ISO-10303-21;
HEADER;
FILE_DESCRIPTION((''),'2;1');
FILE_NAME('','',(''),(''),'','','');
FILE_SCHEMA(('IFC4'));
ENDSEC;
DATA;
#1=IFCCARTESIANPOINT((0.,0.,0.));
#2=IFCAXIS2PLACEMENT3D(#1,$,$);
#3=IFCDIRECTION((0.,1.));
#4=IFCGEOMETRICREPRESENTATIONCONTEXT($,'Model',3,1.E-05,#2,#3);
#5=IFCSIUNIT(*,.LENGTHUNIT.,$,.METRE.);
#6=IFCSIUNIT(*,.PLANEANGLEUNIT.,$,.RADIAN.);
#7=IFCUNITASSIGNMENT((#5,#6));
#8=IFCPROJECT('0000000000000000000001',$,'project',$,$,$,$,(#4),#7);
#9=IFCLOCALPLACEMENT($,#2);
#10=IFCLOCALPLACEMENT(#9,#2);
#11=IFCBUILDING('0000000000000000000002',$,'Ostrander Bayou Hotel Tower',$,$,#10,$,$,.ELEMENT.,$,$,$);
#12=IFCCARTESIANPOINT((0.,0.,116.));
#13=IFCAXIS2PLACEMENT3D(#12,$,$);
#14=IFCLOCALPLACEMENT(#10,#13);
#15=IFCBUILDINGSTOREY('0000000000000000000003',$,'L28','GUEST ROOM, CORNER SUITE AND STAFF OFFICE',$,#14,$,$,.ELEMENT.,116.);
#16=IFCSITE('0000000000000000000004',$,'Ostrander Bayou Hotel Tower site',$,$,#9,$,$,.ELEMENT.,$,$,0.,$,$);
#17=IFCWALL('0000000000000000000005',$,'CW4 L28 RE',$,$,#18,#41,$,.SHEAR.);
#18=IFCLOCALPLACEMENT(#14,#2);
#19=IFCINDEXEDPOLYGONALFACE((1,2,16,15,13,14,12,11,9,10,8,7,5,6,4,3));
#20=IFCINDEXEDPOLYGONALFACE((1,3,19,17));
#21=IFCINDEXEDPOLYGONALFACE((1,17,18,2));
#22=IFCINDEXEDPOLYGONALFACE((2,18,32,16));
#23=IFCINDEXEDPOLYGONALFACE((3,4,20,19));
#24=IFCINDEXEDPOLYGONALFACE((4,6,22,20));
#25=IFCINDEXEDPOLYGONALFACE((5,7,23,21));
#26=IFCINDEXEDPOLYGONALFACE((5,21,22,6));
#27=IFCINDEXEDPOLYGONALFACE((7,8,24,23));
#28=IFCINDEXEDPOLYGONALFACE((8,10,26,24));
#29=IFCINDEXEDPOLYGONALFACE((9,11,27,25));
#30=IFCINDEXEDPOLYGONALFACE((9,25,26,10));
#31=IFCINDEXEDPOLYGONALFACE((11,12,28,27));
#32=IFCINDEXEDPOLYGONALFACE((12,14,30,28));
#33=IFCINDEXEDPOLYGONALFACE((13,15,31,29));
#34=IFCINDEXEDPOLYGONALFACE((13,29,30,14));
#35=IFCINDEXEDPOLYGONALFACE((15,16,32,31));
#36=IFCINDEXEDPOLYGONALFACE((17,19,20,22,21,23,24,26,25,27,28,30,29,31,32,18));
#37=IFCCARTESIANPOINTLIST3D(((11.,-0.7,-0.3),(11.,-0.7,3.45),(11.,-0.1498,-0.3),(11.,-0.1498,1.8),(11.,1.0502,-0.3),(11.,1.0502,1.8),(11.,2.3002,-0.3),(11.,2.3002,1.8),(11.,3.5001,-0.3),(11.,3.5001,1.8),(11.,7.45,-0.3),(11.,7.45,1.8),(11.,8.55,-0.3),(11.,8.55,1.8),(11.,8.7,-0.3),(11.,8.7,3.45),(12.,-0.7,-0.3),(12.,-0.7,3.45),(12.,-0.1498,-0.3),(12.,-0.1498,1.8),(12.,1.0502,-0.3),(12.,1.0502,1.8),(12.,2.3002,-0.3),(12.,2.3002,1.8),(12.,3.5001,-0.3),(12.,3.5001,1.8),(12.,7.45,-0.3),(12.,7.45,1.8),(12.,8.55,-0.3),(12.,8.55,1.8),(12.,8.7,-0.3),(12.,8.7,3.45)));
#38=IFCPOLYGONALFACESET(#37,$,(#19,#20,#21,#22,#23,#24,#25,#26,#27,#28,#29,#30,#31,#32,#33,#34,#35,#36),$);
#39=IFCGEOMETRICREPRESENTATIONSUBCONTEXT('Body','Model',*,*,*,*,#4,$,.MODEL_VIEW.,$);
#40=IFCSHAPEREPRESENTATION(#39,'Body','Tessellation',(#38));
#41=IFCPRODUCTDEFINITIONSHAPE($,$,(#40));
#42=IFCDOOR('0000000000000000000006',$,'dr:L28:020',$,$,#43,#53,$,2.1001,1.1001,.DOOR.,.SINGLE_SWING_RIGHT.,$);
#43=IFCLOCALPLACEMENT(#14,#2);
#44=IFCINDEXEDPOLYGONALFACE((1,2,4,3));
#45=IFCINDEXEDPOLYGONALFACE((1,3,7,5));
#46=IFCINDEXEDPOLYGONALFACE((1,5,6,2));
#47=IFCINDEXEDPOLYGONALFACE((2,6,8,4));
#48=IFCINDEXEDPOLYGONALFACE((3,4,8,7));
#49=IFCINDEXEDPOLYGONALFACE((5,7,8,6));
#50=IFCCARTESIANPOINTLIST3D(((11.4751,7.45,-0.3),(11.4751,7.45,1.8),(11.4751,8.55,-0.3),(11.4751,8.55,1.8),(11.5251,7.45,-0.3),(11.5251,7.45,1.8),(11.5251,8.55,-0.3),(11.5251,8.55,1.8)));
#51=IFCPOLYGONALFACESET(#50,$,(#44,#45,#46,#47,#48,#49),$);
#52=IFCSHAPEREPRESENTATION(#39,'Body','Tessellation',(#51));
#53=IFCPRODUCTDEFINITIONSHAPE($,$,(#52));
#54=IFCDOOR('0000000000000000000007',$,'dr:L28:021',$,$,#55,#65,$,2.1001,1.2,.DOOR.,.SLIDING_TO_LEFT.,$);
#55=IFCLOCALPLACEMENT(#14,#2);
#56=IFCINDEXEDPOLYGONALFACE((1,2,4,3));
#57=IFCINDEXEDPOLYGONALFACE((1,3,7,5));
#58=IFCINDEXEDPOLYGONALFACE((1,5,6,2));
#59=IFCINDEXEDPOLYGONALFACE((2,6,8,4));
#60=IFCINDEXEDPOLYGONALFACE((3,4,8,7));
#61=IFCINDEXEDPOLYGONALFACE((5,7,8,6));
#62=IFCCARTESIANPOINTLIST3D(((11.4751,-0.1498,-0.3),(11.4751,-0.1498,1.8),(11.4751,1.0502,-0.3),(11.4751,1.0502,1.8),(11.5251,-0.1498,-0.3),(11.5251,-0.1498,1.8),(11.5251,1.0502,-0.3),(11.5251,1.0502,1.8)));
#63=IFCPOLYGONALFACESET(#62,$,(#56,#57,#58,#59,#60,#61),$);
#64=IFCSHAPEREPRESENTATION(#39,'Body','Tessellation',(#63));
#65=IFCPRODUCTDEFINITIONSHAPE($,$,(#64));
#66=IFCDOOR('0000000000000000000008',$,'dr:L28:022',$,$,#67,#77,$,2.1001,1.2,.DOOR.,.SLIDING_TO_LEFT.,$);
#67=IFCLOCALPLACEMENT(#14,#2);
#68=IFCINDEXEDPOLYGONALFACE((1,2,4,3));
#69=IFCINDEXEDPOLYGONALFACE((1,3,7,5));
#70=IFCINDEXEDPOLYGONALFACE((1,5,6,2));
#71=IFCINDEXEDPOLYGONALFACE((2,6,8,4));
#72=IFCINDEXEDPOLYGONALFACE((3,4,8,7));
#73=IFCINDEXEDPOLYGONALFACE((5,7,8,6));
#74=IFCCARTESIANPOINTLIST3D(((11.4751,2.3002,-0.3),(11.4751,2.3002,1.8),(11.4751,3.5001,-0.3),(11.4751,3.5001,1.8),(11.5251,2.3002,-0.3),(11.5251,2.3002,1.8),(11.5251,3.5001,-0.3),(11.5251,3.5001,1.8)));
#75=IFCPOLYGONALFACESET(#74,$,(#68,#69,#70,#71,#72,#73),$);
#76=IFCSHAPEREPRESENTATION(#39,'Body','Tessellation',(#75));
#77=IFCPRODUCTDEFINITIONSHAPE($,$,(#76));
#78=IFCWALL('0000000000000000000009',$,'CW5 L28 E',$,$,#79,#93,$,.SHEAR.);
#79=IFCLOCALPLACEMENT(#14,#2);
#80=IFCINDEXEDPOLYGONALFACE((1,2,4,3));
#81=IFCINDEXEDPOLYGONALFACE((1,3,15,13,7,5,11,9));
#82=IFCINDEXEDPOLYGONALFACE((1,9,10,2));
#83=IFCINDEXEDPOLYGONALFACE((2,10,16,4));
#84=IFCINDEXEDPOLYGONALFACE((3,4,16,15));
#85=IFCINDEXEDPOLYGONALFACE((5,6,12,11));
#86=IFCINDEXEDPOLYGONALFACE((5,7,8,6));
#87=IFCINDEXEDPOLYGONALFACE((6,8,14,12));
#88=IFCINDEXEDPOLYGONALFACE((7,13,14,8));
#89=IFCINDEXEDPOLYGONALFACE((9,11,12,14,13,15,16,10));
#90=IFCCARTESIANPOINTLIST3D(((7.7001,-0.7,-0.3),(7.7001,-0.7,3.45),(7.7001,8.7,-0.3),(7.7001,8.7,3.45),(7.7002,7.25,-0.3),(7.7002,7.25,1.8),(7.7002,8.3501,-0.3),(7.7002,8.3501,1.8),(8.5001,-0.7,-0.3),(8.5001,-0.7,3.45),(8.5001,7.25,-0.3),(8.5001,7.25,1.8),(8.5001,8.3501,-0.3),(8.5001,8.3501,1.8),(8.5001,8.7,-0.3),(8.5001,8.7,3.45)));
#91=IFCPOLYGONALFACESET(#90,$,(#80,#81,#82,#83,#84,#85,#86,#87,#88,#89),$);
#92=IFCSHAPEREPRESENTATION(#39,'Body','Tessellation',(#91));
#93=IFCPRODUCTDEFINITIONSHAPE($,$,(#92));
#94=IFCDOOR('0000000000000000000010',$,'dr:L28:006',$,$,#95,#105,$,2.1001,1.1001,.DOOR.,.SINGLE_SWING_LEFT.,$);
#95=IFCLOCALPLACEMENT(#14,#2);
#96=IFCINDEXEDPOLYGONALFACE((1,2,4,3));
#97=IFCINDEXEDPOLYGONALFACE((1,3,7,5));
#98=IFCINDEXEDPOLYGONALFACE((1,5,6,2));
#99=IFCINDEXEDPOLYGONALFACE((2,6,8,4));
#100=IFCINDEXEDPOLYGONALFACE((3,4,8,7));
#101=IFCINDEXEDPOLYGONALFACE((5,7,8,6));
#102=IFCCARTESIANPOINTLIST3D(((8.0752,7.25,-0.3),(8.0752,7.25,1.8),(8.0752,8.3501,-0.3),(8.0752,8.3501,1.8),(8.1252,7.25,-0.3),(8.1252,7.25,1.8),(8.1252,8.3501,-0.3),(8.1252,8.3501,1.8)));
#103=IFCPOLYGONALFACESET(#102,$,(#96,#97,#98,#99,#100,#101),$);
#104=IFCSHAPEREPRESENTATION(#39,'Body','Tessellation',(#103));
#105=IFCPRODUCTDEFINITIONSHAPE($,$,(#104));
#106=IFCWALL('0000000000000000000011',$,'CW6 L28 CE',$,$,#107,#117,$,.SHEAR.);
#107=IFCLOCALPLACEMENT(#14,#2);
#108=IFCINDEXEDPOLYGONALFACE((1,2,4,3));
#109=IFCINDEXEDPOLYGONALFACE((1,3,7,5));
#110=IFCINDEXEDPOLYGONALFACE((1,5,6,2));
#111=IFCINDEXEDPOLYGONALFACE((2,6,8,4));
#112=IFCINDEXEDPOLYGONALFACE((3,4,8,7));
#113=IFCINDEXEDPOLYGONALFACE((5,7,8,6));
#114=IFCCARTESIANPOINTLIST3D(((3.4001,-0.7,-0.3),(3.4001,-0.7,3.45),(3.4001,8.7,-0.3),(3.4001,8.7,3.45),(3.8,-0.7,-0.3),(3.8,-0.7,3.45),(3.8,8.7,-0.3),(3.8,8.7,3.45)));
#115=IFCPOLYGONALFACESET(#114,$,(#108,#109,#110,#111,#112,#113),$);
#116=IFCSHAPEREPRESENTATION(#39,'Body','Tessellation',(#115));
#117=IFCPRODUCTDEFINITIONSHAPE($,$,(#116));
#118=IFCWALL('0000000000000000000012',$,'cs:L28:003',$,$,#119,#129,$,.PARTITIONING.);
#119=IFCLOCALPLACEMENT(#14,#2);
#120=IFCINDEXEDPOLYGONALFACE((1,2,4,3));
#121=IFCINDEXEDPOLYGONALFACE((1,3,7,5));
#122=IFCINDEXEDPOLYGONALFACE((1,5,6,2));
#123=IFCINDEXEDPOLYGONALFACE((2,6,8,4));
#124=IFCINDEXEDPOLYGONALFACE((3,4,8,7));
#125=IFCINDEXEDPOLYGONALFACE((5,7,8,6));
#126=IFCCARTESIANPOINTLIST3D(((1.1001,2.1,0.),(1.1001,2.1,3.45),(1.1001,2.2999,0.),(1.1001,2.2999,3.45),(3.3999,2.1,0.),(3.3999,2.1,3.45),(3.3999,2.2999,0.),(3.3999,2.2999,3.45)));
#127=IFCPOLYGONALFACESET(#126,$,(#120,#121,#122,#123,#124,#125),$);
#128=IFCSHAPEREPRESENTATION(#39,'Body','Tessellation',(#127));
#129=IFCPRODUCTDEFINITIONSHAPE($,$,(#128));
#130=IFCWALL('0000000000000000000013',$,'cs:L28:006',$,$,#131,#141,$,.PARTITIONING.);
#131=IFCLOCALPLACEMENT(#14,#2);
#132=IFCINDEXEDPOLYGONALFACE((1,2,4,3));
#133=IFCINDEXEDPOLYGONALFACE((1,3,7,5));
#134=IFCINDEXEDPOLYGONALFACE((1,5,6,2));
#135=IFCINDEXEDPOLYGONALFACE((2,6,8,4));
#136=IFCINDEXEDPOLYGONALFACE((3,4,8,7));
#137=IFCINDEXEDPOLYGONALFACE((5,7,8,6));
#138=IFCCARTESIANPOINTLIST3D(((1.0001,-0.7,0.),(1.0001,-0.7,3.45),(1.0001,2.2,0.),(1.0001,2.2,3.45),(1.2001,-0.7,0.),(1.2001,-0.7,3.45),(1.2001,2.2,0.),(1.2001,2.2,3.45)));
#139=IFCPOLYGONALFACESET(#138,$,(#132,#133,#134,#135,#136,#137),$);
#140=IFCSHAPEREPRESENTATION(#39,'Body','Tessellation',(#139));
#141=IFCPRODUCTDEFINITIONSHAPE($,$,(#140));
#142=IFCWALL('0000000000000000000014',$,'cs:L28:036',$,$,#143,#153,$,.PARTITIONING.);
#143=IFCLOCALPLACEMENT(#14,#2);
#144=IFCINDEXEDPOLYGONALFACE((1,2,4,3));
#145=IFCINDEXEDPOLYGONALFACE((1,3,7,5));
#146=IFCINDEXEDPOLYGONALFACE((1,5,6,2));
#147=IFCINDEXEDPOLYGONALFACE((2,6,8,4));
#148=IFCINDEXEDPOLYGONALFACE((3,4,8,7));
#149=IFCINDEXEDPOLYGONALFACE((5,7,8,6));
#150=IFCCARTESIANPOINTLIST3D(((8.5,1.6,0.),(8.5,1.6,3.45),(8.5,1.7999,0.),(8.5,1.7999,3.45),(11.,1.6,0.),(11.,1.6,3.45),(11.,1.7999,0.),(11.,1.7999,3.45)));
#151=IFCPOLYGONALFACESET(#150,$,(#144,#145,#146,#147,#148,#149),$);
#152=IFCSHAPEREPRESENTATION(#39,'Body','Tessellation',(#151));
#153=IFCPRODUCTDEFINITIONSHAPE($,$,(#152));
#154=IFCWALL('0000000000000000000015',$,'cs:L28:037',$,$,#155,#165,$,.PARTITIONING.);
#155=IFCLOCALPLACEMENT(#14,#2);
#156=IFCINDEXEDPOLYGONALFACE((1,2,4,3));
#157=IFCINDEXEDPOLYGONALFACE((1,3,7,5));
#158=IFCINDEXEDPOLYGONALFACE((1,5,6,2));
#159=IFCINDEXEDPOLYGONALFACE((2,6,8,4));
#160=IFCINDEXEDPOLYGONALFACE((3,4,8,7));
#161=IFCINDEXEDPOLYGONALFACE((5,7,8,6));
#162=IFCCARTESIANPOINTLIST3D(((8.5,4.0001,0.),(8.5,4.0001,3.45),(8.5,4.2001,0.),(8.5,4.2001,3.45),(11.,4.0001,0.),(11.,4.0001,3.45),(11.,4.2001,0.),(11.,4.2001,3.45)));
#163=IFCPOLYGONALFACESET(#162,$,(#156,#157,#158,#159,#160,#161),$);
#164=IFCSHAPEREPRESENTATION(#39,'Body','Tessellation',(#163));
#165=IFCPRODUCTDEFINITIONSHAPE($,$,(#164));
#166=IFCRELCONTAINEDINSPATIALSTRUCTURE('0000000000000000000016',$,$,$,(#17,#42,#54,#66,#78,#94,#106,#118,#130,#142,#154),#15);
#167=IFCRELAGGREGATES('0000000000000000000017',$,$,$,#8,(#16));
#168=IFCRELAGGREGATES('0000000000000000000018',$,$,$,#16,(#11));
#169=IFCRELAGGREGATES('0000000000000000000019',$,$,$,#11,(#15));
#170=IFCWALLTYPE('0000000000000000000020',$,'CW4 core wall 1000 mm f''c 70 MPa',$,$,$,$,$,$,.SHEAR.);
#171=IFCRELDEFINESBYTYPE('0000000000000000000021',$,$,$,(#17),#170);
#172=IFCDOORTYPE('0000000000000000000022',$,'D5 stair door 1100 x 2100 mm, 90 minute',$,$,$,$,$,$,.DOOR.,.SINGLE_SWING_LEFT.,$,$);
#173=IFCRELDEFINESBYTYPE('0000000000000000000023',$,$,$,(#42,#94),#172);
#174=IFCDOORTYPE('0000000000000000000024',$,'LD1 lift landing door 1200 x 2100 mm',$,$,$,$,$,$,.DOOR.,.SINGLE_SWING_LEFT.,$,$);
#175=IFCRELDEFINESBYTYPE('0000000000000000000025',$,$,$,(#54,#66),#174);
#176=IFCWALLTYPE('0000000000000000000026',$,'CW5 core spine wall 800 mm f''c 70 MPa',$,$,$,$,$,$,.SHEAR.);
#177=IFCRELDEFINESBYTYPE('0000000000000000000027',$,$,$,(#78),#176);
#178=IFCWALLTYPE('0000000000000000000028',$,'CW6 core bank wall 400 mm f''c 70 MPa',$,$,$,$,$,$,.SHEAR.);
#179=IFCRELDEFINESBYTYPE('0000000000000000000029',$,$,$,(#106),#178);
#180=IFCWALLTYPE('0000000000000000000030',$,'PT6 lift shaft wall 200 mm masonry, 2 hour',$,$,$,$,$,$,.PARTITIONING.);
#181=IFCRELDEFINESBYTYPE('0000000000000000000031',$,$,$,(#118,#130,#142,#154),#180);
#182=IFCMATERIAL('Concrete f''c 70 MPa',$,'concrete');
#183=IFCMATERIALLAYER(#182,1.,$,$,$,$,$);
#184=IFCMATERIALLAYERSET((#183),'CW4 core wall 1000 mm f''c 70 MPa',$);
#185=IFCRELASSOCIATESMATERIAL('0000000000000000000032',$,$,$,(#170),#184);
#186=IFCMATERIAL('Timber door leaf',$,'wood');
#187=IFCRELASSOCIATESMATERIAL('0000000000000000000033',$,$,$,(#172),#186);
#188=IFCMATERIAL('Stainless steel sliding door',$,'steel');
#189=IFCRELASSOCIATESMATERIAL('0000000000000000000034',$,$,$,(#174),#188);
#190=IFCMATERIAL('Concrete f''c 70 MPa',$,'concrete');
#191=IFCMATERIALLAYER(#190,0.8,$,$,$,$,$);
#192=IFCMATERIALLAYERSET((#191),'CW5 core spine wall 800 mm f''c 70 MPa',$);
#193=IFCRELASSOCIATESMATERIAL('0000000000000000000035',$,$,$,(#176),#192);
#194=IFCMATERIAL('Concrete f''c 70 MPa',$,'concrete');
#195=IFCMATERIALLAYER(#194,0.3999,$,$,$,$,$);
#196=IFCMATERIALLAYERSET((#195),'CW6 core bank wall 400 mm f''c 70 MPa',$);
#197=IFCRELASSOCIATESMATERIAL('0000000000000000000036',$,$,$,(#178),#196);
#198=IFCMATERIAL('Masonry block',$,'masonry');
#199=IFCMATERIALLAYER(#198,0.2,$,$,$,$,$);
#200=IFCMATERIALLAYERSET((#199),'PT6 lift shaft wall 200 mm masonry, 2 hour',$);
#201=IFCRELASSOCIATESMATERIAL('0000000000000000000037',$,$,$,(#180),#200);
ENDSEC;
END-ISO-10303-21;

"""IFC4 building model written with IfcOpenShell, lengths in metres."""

from ifc_helpers import new_model, si_unit, direction, frame, frame_2d, origin, place, context, subcontext, project, spatial, rectangle, extrude, material, layer, layer_set, type_object, element, fill, save


model = new_model("IFC4")

# Units and contexts
model_context = context("Model", 3, precision=1e-05, world=origin(), true_north=direction((0.0, 1.0)))
body_context = subcontext(model_context, "Body", "Model", "MODEL_VIEW")
ifc_project = project(units=[si_unit("LENGTHUNIT", "METRE"), si_unit("PLANEANGLEUNIT", "RADIAN")], contexts=[model_context])

# Site, building, storey
site_placement = place(None, origin())
site = spatial("IfcSite", under=ifc_project, at=site_placement, Name="Ostrander Bayou Hotel Tower site", CompositionType="ELEMENT", RefElevation=0.0)
building_placement = place(site_placement, origin())
building = spatial("IfcBuilding", under=site, at=building_placement, Name="Ostrander Bayou Hotel Tower", CompositionType="ELEMENT")
storey_placement = place(building_placement, frame((0.0, 0.0, 116.0)))
storey = spatial("IfcBuildingStorey", under=building, at=storey_placement, Name="L28", Description="GUEST ROOM, CORNER SUITE AND STAFF OFFICE", CompositionType="ELEMENT", Elevation=116.0)

# Wall, openings, doors
ifc_material_1 = material(Name="Concrete f'c 70 MPa", Category="concrete")
ifc_layer_1 = layer(ifc_material_1, 1.0)
ifc_layer_set_1 = layer_set([ifc_layer_1], Name="CW4 core wall 1000 mm f'c 70 MPa")
wall_type_1 = type_object("IfcWallType", Name="CW4 core wall 1000 mm f'c 70 MPa", PredefinedType="SHEAR", material=ifc_layer_set_1)
wall_1_placement = place(storey_placement, frame((11.5, -0.7, -0.3), z_axis=(0.0, 0.0, 1.0), x_axis=(0.0, 1.0, 0.0)))
wall_1 = element("IfcWall", 1, at=wall_1_placement, inside=storey, type_object=wall_type_1, Name="CW4 L28 RE", PredefinedType="SHEAR", context=body_context, shape_type="SweptSolid", body=[
    extrude(rectangle(XDim=9.3999, YDim=1.0, at=frame_2d((4.7, 0.0))), origin(), (0.0, 0.0, 1.0), 3.75),
])
opening_1_placement = place(wall_1_placement, frame((8.1499, 0.0, 0.0)))
opening_1 = element("IfcOpeningElement", 2, at=opening_1_placement, cuts=wall_1, PredefinedType="OPENING", context=body_context, shape_type="SweptSolid", body=[
    extrude(rectangle(XDim=1.1001, YDim=2.1001, at=frame_2d((0.55, 1.05))), frame((0.0, 0.5, 0.0), z_axis=(0.0, -1.0, 0.0), x_axis=(1.0, 0.0, 0.0)), (0.0, 0.0, 1.0), 1.0),
])
opening_2_placement = place(wall_1_placement, frame((0.55, 0.0, 0.0)))
opening_2 = element("IfcOpeningElement", 3, at=opening_2_placement, cuts=wall_1, PredefinedType="OPENING", context=body_context, shape_type="SweptSolid", body=[
    extrude(rectangle(XDim=1.2, YDim=2.1001, at=frame_2d((0.6001, 1.05))), frame((0.0, 0.5, 0.0), z_axis=(0.0, -1.0, 0.0), x_axis=(1.0, 0.0, 0.0)), (0.0, 0.0, 1.0), 1.0),
])
opening_3_placement = place(wall_1_placement, frame((3.0, 0.0, 0.0)))
opening_3 = element("IfcOpeningElement", 4, at=opening_3_placement, cuts=wall_1, PredefinedType="OPENING", context=body_context, shape_type="SweptSolid", body=[
    extrude(rectangle(XDim=1.2, YDim=2.1001, at=frame_2d((0.6001, 1.05))), frame((0.0, 0.5, 0.0), z_axis=(0.0, -1.0, 0.0), x_axis=(1.0, 0.0, 0.0)), (0.0, 0.0, 1.0), 1.0),
])
ifc_material_2 = material(Name="Timber door leaf", Category="wood")
door_type_1 = type_object("IfcDoorType", Name="D5 stair door 1100 x 2100 mm, 90 minute", OperationType="SINGLE_SWING_LEFT", PredefinedType="DOOR", material=ifc_material_2)
door_1_placement = place(opening_1_placement, origin())
door_1 = element("IfcDoor", 5, at=door_1_placement, inside=storey, type_object=door_type_1, Name="dr:L28:020", OperationType="SINGLE_SWING_RIGHT", OverallHeight=2.1001, OverallWidth=1.1001, PredefinedType="DOOR", context=body_context, shape_type="SweptSolid", body=[
    extrude(rectangle(XDim=1.1001, YDim=2.1001, at=frame_2d((0.55, 1.05))), frame((0.0, 0.0249, 0.0), z_axis=(0.0, -1.0, 0.0), x_axis=(1.0, 0.0, 0.0)), (0.0, 0.0, 1.0), 0.05),
])
fill(opening_1, door_1)
ifc_material_3 = material(Name="Stainless steel sliding door", Category="steel")
door_type_2 = type_object("IfcDoorType", Name="LD1 lift landing door 1200 x 2100 mm", OperationType="SINGLE_SWING_LEFT", PredefinedType="DOOR", material=ifc_material_3)
door_2_placement = place(opening_2_placement, origin())
door_2 = element("IfcDoor", 6, at=door_2_placement, inside=storey, type_object=door_type_2, Name="dr:L28:021", OperationType="SLIDING_TO_LEFT", OverallHeight=2.1001, OverallWidth=1.2, PredefinedType="DOOR", context=body_context, shape_type="SweptSolid", body=[
    extrude(rectangle(XDim=1.2, YDim=2.1001, at=frame_2d((0.6001, 1.05))), frame((0.0, 0.0249, 0.0), z_axis=(0.0, -1.0, 0.0), x_axis=(1.0, 0.0, 0.0)), (0.0, 0.0, 1.0), 0.05),
])
fill(opening_2, door_2)
door_3_placement = place(opening_3_placement, origin())
door_3 = element("IfcDoor", 7, at=door_3_placement, inside=storey, type_object=door_type_2, Name="dr:L28:022", OperationType="SLIDING_TO_LEFT", OverallHeight=2.1001, OverallWidth=1.2, PredefinedType="DOOR", context=body_context, shape_type="SweptSolid", body=[
    extrude(rectangle(XDim=1.2, YDim=2.1001, at=frame_2d((0.6001, 1.05))), frame((0.0, 0.0249, 0.0), z_axis=(0.0, -1.0, 0.0), x_axis=(1.0, 0.0, 0.0)), (0.0, 0.0, 1.0), 0.05),
])
fill(opening_3, door_3)

# Wall, opening, door
ifc_material_4 = material(Name="Concrete f'c 70 MPa", Category="concrete")
ifc_layer_2 = layer(ifc_material_4, 0.8)
ifc_layer_set_2 = layer_set([ifc_layer_2], Name="CW5 core spine wall 800 mm f'c 70 MPa")
wall_type_2 = type_object("IfcWallType", Name="CW5 core spine wall 800 mm f'c 70 MPa", PredefinedType="SHEAR", material=ifc_layer_set_2)
wall_2_placement = place(storey_placement, frame((8.1001, -0.7, -0.3), z_axis=(0.0, 0.0, 1.0), x_axis=(0.0, 1.0, 0.0)))
wall_2 = element("IfcWall", 8, at=wall_2_placement, inside=storey, type_object=wall_type_2, Name="CW5 L28 E", PredefinedType="SHEAR", context=body_context, shape_type="SweptSolid", body=[
    extrude(rectangle(XDim=9.3999, YDim=0.8, at=frame_2d((4.7, 0.0))), origin(), (0.0, 0.0, 1.0), 3.75),
])
opening_4_placement = place(wall_2_placement, frame((7.95, 0.0, 0.0)))
opening_4 = element("IfcOpeningElement", 9, at=opening_4_placement, cuts=wall_2, PredefinedType="OPENING", context=body_context, shape_type="SweptSolid", body=[
    extrude(rectangle(XDim=1.1001, YDim=2.1001, at=frame_2d((0.55, 1.05))), frame((0.0, 0.3999, 0.0), z_axis=(0.0, -1.0, 0.0), x_axis=(1.0, 0.0, 0.0)), (0.0, 0.0, 1.0), 0.8),
])
door_4_placement = place(opening_4_placement, origin())
door_4 = element("IfcDoor", 10, at=door_4_placement, inside=storey, type_object=door_type_1, Name="dr:L28:006", OperationType="SINGLE_SWING_LEFT", OverallHeight=2.1001, OverallWidth=1.1001, PredefinedType="DOOR", context=body_context, shape_type="SweptSolid", body=[
    extrude(rectangle(XDim=1.1001, YDim=2.1001, at=frame_2d((0.55, 1.05))), frame((0.0, 0.0249, 0.0), z_axis=(0.0, -1.0, 0.0), x_axis=(1.0, 0.0, 0.0)), (0.0, 0.0, 1.0), 0.05),
])
fill(opening_4, door_4)

# Walls
ifc_material_5 = material(Name="Concrete f'c 70 MPa", Category="concrete")
ifc_layer_3 = layer(ifc_material_5, 0.3999)
ifc_layer_set_3 = layer_set([ifc_layer_3], Name="CW6 core bank wall 400 mm f'c 70 MPa")
wall_type_3 = type_object("IfcWallType", Name="CW6 core bank wall 400 mm f'c 70 MPa", PredefinedType="SHEAR", material=ifc_layer_set_3)
wall_3_placement = place(storey_placement, frame((3.6001, -0.7, -0.3), z_axis=(0.0, 0.0, 1.0), x_axis=(0.0, 1.0, 0.0)))
element("IfcWall", 11, at=wall_3_placement, inside=storey, type_object=wall_type_3, Name="CW6 L28 CE", PredefinedType="SHEAR", context=body_context, shape_type="SweptSolid", body=[
    extrude(rectangle(XDim=9.3999, YDim=0.3999, at=frame_2d((4.7, 0.0))), origin(), (0.0, 0.0, 1.0), 3.75),
])
ifc_material_6 = material(Name="Masonry block", Category="masonry")
ifc_layer_4 = layer(ifc_material_6, 0.2)
ifc_layer_set_4 = layer_set([ifc_layer_4], Name="PT6 lift shaft wall 200 mm masonry, 2 hour")
wall_type_4 = type_object("IfcWallType", Name="PT6 lift shaft wall 200 mm masonry, 2 hour", PredefinedType="PARTITIONING", material=ifc_layer_set_4)
wall_4_placement = place(storey_placement, frame((1.1001, 2.2, 0.0), z_axis=(0.0, 0.0, 1.0), x_axis=(1.0, 0.0, 0.0)))
element("IfcWall", 12, at=wall_4_placement, inside=storey, type_object=wall_type_4, Name="cs:L28:003", PredefinedType="PARTITIONING", context=body_context, shape_type="SweptSolid", body=[
    extrude(rectangle(XDim=2.2998, YDim=0.2, at=frame_2d((1.1499, 0.0))), origin(), (0.0, 0.0, 1.0), 3.45),
])
wall_5_placement = place(storey_placement, frame((1.1001, -0.7, 0.0), z_axis=(0.0, 0.0, 1.0), x_axis=(0.0, 1.0, 0.0)))
element("IfcWall", 13, at=wall_5_placement, inside=storey, type_object=wall_type_4, Name="cs:L28:006", PredefinedType="PARTITIONING", context=body_context, shape_type="SweptSolid", body=[
    extrude(rectangle(XDim=2.8999, YDim=0.2, at=frame_2d((1.45, 0.0))), origin(), (0.0, 0.0, 1.0), 3.45),
])
for number, where, z_axis, x_axis, name in (
    (14, (8.5, 1.7, 0.0), (0.0, 0.0, 1.0), (1.0, 0.0, 0.0), "cs:L28:036"),
    (15, (8.5, 4.1001, 0.0), (0.0, 0.0, 1.0), (1.0, 0.0, 0.0), "cs:L28:037"),
):
    element("IfcWall", number, at=place(storey_placement, frame(where, z_axis=z_axis, x_axis=x_axis)), inside=storey, type_object=wall_type_4, Name=name, PredefinedType="PARTITIONING", context=body_context, shape_type="SweptSolid", body=[
        extrude(rectangle(XDim=2.5, YDim=0.2, at=frame_2d((1.25, 0.0))), origin(), (0.0, 0.0, 1.0), 3.45),
    ])

save(model, "model.ifc")
